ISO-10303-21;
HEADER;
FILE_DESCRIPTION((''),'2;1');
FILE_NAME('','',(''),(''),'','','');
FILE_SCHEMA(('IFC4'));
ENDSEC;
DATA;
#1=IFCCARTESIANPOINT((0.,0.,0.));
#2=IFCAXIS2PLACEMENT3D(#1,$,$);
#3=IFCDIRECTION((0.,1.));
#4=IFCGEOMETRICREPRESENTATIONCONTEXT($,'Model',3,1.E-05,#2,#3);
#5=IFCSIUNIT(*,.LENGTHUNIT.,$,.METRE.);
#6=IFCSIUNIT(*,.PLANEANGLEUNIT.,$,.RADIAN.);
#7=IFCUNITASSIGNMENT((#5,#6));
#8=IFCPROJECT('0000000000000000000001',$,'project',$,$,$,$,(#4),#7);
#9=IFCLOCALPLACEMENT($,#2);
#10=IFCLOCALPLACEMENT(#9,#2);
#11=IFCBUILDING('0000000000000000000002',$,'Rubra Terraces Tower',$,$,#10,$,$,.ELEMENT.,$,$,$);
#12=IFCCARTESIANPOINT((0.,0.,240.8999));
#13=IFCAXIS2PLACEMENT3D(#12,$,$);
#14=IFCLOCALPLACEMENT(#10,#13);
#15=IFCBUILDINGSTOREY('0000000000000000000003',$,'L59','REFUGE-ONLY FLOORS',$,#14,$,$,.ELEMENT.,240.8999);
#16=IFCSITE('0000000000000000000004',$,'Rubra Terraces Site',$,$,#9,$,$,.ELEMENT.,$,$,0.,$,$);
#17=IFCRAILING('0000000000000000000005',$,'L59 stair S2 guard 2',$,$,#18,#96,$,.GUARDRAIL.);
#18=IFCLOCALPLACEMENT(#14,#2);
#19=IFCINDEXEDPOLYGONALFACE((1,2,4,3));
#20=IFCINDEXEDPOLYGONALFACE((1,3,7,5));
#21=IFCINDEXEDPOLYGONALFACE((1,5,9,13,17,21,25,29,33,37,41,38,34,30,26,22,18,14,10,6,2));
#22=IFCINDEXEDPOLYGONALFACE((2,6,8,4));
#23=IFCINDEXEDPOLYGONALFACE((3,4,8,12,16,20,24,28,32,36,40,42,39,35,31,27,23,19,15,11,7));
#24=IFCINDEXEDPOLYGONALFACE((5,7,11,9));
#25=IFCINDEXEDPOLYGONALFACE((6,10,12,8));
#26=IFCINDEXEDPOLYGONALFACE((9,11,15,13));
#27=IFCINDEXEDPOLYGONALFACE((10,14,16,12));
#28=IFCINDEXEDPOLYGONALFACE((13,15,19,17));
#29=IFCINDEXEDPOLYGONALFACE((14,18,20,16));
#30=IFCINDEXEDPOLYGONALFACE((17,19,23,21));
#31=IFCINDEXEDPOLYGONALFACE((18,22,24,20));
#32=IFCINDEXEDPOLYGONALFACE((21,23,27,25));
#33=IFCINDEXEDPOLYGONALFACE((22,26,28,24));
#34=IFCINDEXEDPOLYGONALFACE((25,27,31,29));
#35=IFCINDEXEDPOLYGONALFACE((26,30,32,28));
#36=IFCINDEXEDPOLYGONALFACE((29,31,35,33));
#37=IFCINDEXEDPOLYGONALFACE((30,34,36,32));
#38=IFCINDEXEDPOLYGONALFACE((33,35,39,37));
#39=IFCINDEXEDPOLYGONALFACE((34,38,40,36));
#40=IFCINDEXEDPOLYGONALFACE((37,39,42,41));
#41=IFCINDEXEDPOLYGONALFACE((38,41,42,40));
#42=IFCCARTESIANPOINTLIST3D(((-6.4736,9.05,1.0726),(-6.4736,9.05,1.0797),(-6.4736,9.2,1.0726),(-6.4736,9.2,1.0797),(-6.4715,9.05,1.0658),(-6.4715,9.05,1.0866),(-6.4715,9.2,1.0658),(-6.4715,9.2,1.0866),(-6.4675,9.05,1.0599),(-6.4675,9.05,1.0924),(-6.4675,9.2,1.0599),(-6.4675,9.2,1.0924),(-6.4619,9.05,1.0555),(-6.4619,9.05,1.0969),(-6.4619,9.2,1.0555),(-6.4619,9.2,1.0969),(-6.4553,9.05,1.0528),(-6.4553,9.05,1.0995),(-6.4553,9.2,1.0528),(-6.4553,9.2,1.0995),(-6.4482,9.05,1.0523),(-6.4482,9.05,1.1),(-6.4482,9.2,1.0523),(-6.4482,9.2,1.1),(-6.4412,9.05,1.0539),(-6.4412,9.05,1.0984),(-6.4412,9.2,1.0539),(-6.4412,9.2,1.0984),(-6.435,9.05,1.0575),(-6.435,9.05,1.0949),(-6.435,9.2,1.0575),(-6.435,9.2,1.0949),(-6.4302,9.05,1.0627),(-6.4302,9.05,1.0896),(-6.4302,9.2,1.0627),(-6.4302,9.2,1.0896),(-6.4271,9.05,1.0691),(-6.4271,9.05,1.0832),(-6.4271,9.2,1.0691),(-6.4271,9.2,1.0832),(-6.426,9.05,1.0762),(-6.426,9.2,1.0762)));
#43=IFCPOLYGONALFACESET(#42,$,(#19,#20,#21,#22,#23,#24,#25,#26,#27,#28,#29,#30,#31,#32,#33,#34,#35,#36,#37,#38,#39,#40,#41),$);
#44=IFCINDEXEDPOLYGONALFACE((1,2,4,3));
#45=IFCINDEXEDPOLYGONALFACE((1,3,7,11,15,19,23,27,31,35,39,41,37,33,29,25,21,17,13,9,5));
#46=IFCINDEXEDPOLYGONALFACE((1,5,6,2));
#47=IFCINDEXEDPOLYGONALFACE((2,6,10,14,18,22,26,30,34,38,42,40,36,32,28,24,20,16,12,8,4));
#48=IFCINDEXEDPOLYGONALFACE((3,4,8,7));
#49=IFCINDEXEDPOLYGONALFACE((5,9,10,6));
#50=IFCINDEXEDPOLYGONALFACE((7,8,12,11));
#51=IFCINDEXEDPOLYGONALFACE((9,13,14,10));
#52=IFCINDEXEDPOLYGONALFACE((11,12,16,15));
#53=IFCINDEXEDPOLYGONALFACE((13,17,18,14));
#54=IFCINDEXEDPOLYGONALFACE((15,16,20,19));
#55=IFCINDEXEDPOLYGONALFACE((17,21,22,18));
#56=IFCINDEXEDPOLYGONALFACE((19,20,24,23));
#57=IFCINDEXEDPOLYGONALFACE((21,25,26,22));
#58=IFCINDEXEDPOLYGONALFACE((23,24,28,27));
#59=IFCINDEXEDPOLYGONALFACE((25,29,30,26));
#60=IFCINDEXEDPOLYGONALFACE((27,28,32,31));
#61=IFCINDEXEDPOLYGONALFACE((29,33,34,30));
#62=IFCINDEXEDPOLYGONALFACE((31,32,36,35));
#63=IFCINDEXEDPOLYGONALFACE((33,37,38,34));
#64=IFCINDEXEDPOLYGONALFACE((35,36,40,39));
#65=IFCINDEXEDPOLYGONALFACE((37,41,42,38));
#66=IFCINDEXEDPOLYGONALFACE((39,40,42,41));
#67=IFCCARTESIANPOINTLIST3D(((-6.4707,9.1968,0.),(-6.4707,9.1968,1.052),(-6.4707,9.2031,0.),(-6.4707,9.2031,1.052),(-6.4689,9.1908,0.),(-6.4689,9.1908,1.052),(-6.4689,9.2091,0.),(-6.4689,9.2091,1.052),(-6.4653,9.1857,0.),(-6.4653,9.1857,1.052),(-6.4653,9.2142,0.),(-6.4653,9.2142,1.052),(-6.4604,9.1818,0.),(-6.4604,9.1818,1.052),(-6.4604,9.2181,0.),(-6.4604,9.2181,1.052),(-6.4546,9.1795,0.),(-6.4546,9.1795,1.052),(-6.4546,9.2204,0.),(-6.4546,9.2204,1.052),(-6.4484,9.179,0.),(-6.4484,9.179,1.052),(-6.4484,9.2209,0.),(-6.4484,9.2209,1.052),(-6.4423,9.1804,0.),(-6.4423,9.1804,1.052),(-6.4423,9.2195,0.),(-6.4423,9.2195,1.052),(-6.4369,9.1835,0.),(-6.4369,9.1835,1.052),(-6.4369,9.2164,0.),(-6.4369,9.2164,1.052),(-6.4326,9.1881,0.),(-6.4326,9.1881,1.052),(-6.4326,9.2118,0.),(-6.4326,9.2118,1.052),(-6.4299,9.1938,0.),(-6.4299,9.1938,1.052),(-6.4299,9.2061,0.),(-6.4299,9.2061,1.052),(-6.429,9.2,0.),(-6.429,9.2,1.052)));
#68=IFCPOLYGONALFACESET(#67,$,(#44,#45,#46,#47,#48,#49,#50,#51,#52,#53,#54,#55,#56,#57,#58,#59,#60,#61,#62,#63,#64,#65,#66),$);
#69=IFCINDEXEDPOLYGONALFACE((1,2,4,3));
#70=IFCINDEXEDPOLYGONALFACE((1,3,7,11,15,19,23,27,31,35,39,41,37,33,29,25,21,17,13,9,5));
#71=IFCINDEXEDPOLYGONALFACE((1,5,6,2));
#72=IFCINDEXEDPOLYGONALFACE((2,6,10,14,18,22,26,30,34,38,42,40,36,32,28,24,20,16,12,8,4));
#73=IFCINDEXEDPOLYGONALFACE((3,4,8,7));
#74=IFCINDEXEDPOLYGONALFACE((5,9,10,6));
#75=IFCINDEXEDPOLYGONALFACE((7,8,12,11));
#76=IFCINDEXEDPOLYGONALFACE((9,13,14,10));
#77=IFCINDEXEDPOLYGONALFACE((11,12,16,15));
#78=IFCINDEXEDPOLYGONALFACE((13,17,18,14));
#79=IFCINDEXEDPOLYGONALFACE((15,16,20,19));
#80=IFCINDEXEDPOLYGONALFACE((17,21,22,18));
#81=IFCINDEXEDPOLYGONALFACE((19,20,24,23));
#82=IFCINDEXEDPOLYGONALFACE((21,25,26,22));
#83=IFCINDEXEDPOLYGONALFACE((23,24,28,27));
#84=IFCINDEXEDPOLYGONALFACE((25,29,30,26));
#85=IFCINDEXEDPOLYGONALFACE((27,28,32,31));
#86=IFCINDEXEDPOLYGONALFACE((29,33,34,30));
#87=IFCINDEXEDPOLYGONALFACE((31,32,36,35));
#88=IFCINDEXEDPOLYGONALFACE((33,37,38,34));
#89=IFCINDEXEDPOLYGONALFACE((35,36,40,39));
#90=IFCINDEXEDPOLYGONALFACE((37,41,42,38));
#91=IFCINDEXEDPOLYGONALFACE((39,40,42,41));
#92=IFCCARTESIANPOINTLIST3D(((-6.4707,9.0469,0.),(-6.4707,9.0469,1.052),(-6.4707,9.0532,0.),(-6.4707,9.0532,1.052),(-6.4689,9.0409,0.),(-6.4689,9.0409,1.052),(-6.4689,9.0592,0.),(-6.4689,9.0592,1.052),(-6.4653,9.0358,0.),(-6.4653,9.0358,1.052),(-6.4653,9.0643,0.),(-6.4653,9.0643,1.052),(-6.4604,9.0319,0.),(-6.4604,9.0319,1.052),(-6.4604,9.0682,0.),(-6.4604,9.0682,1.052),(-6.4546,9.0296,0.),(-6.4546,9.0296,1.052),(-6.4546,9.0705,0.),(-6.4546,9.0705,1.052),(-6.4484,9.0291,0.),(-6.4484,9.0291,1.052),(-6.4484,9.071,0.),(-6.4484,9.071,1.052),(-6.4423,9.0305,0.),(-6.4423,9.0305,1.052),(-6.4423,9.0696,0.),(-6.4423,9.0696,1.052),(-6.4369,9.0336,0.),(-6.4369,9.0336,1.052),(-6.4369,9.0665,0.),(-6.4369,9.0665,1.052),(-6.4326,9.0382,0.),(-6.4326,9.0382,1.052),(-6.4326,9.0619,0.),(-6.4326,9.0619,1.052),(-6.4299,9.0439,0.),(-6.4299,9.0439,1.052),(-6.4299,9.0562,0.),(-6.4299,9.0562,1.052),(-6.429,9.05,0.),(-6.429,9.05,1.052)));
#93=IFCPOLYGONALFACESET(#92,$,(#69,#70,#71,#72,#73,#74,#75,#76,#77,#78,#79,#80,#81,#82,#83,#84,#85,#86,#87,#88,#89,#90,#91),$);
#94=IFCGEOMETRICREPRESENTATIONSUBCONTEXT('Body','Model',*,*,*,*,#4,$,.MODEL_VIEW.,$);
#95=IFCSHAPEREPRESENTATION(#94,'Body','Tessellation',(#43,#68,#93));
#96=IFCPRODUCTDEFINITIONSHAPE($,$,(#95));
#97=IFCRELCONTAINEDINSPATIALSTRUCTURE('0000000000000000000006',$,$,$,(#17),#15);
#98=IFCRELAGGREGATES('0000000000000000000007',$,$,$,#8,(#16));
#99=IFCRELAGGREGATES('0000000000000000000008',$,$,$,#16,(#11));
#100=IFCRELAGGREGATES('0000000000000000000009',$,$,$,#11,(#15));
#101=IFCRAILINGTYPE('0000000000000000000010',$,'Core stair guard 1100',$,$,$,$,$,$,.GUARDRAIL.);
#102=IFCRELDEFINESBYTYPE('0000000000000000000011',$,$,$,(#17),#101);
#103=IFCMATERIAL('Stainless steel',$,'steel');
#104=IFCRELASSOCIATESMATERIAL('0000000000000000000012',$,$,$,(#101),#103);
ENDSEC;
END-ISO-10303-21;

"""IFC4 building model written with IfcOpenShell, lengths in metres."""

from ifc_helpers import new_model, si_unit, direction, frame, origin, origin_2d, place, context, subcontext, project, spatial, circle, extrude, material, type_object, element, save


model = new_model("IFC4")

# Units and contexts
model_context = context("Model", 3, precision=1e-05, world=origin(), true_north=direction((0.0, 1.0)))
body_context = subcontext(model_context, "Body", "Model", "MODEL_VIEW")
ifc_project = project(units=[si_unit("LENGTHUNIT", "METRE"), si_unit("PLANEANGLEUNIT", "RADIAN")], contexts=[model_context])

# Site, building, storey
site_placement = place(None, origin())
site = spatial("IfcSite", under=ifc_project, at=site_placement, Name="Rubra Terraces Site", CompositionType="ELEMENT", RefElevation=0.0)
building_placement = place(site_placement, origin())
building = spatial("IfcBuilding", under=site, at=building_placement, Name="Rubra Terraces Tower", CompositionType="ELEMENT")
storey_placement = place(building_placement, frame((0.0, 0.0, 240.8999)))
storey = spatial("IfcBuildingStorey", under=building, at=storey_placement, Name="L59", Description="REFUGE-ONLY FLOORS", CompositionType="ELEMENT", Elevation=240.8999)

# Shared definitions
ifc_material_1 = material(Name="Stainless steel", Category="steel")

# Railing
railing_type_1 = type_object("IfcRailingType", Name="Core stair guard 1100", PredefinedType="GUARDRAIL", material=ifc_material_1)
railing_1_placement = place(storey_placement, frame((-6.45, 9.2, 0.0)))
element("IfcRailing", 1, at=railing_1_placement, inside=storey, type_object=railing_type_1, Name="L59 stair S2 guard 2", PredefinedType="GUARDRAIL", context=body_context, shape_type="SweptSolid", body=[
    extrude(circle(Radius=0.0239, at=origin_2d()), frame((0.0, 0.0, 1.0762), z_axis=(0.0, -1.0, 0.0), x_axis=(1.0, 0.0, 0.0)), (0.0, 0.0, 1.0), 0.1499),
    extrude(circle(Radius=0.021, at=origin_2d()), origin(), (0.0, 0.0, 1.0), 1.052),
    extrude(circle(Radius=0.021, at=origin_2d()), frame((0.0, -0.1499, 0.0)), (0.0, 0.0, 1.0), 1.052),
])

save(model, "model.ifc")
